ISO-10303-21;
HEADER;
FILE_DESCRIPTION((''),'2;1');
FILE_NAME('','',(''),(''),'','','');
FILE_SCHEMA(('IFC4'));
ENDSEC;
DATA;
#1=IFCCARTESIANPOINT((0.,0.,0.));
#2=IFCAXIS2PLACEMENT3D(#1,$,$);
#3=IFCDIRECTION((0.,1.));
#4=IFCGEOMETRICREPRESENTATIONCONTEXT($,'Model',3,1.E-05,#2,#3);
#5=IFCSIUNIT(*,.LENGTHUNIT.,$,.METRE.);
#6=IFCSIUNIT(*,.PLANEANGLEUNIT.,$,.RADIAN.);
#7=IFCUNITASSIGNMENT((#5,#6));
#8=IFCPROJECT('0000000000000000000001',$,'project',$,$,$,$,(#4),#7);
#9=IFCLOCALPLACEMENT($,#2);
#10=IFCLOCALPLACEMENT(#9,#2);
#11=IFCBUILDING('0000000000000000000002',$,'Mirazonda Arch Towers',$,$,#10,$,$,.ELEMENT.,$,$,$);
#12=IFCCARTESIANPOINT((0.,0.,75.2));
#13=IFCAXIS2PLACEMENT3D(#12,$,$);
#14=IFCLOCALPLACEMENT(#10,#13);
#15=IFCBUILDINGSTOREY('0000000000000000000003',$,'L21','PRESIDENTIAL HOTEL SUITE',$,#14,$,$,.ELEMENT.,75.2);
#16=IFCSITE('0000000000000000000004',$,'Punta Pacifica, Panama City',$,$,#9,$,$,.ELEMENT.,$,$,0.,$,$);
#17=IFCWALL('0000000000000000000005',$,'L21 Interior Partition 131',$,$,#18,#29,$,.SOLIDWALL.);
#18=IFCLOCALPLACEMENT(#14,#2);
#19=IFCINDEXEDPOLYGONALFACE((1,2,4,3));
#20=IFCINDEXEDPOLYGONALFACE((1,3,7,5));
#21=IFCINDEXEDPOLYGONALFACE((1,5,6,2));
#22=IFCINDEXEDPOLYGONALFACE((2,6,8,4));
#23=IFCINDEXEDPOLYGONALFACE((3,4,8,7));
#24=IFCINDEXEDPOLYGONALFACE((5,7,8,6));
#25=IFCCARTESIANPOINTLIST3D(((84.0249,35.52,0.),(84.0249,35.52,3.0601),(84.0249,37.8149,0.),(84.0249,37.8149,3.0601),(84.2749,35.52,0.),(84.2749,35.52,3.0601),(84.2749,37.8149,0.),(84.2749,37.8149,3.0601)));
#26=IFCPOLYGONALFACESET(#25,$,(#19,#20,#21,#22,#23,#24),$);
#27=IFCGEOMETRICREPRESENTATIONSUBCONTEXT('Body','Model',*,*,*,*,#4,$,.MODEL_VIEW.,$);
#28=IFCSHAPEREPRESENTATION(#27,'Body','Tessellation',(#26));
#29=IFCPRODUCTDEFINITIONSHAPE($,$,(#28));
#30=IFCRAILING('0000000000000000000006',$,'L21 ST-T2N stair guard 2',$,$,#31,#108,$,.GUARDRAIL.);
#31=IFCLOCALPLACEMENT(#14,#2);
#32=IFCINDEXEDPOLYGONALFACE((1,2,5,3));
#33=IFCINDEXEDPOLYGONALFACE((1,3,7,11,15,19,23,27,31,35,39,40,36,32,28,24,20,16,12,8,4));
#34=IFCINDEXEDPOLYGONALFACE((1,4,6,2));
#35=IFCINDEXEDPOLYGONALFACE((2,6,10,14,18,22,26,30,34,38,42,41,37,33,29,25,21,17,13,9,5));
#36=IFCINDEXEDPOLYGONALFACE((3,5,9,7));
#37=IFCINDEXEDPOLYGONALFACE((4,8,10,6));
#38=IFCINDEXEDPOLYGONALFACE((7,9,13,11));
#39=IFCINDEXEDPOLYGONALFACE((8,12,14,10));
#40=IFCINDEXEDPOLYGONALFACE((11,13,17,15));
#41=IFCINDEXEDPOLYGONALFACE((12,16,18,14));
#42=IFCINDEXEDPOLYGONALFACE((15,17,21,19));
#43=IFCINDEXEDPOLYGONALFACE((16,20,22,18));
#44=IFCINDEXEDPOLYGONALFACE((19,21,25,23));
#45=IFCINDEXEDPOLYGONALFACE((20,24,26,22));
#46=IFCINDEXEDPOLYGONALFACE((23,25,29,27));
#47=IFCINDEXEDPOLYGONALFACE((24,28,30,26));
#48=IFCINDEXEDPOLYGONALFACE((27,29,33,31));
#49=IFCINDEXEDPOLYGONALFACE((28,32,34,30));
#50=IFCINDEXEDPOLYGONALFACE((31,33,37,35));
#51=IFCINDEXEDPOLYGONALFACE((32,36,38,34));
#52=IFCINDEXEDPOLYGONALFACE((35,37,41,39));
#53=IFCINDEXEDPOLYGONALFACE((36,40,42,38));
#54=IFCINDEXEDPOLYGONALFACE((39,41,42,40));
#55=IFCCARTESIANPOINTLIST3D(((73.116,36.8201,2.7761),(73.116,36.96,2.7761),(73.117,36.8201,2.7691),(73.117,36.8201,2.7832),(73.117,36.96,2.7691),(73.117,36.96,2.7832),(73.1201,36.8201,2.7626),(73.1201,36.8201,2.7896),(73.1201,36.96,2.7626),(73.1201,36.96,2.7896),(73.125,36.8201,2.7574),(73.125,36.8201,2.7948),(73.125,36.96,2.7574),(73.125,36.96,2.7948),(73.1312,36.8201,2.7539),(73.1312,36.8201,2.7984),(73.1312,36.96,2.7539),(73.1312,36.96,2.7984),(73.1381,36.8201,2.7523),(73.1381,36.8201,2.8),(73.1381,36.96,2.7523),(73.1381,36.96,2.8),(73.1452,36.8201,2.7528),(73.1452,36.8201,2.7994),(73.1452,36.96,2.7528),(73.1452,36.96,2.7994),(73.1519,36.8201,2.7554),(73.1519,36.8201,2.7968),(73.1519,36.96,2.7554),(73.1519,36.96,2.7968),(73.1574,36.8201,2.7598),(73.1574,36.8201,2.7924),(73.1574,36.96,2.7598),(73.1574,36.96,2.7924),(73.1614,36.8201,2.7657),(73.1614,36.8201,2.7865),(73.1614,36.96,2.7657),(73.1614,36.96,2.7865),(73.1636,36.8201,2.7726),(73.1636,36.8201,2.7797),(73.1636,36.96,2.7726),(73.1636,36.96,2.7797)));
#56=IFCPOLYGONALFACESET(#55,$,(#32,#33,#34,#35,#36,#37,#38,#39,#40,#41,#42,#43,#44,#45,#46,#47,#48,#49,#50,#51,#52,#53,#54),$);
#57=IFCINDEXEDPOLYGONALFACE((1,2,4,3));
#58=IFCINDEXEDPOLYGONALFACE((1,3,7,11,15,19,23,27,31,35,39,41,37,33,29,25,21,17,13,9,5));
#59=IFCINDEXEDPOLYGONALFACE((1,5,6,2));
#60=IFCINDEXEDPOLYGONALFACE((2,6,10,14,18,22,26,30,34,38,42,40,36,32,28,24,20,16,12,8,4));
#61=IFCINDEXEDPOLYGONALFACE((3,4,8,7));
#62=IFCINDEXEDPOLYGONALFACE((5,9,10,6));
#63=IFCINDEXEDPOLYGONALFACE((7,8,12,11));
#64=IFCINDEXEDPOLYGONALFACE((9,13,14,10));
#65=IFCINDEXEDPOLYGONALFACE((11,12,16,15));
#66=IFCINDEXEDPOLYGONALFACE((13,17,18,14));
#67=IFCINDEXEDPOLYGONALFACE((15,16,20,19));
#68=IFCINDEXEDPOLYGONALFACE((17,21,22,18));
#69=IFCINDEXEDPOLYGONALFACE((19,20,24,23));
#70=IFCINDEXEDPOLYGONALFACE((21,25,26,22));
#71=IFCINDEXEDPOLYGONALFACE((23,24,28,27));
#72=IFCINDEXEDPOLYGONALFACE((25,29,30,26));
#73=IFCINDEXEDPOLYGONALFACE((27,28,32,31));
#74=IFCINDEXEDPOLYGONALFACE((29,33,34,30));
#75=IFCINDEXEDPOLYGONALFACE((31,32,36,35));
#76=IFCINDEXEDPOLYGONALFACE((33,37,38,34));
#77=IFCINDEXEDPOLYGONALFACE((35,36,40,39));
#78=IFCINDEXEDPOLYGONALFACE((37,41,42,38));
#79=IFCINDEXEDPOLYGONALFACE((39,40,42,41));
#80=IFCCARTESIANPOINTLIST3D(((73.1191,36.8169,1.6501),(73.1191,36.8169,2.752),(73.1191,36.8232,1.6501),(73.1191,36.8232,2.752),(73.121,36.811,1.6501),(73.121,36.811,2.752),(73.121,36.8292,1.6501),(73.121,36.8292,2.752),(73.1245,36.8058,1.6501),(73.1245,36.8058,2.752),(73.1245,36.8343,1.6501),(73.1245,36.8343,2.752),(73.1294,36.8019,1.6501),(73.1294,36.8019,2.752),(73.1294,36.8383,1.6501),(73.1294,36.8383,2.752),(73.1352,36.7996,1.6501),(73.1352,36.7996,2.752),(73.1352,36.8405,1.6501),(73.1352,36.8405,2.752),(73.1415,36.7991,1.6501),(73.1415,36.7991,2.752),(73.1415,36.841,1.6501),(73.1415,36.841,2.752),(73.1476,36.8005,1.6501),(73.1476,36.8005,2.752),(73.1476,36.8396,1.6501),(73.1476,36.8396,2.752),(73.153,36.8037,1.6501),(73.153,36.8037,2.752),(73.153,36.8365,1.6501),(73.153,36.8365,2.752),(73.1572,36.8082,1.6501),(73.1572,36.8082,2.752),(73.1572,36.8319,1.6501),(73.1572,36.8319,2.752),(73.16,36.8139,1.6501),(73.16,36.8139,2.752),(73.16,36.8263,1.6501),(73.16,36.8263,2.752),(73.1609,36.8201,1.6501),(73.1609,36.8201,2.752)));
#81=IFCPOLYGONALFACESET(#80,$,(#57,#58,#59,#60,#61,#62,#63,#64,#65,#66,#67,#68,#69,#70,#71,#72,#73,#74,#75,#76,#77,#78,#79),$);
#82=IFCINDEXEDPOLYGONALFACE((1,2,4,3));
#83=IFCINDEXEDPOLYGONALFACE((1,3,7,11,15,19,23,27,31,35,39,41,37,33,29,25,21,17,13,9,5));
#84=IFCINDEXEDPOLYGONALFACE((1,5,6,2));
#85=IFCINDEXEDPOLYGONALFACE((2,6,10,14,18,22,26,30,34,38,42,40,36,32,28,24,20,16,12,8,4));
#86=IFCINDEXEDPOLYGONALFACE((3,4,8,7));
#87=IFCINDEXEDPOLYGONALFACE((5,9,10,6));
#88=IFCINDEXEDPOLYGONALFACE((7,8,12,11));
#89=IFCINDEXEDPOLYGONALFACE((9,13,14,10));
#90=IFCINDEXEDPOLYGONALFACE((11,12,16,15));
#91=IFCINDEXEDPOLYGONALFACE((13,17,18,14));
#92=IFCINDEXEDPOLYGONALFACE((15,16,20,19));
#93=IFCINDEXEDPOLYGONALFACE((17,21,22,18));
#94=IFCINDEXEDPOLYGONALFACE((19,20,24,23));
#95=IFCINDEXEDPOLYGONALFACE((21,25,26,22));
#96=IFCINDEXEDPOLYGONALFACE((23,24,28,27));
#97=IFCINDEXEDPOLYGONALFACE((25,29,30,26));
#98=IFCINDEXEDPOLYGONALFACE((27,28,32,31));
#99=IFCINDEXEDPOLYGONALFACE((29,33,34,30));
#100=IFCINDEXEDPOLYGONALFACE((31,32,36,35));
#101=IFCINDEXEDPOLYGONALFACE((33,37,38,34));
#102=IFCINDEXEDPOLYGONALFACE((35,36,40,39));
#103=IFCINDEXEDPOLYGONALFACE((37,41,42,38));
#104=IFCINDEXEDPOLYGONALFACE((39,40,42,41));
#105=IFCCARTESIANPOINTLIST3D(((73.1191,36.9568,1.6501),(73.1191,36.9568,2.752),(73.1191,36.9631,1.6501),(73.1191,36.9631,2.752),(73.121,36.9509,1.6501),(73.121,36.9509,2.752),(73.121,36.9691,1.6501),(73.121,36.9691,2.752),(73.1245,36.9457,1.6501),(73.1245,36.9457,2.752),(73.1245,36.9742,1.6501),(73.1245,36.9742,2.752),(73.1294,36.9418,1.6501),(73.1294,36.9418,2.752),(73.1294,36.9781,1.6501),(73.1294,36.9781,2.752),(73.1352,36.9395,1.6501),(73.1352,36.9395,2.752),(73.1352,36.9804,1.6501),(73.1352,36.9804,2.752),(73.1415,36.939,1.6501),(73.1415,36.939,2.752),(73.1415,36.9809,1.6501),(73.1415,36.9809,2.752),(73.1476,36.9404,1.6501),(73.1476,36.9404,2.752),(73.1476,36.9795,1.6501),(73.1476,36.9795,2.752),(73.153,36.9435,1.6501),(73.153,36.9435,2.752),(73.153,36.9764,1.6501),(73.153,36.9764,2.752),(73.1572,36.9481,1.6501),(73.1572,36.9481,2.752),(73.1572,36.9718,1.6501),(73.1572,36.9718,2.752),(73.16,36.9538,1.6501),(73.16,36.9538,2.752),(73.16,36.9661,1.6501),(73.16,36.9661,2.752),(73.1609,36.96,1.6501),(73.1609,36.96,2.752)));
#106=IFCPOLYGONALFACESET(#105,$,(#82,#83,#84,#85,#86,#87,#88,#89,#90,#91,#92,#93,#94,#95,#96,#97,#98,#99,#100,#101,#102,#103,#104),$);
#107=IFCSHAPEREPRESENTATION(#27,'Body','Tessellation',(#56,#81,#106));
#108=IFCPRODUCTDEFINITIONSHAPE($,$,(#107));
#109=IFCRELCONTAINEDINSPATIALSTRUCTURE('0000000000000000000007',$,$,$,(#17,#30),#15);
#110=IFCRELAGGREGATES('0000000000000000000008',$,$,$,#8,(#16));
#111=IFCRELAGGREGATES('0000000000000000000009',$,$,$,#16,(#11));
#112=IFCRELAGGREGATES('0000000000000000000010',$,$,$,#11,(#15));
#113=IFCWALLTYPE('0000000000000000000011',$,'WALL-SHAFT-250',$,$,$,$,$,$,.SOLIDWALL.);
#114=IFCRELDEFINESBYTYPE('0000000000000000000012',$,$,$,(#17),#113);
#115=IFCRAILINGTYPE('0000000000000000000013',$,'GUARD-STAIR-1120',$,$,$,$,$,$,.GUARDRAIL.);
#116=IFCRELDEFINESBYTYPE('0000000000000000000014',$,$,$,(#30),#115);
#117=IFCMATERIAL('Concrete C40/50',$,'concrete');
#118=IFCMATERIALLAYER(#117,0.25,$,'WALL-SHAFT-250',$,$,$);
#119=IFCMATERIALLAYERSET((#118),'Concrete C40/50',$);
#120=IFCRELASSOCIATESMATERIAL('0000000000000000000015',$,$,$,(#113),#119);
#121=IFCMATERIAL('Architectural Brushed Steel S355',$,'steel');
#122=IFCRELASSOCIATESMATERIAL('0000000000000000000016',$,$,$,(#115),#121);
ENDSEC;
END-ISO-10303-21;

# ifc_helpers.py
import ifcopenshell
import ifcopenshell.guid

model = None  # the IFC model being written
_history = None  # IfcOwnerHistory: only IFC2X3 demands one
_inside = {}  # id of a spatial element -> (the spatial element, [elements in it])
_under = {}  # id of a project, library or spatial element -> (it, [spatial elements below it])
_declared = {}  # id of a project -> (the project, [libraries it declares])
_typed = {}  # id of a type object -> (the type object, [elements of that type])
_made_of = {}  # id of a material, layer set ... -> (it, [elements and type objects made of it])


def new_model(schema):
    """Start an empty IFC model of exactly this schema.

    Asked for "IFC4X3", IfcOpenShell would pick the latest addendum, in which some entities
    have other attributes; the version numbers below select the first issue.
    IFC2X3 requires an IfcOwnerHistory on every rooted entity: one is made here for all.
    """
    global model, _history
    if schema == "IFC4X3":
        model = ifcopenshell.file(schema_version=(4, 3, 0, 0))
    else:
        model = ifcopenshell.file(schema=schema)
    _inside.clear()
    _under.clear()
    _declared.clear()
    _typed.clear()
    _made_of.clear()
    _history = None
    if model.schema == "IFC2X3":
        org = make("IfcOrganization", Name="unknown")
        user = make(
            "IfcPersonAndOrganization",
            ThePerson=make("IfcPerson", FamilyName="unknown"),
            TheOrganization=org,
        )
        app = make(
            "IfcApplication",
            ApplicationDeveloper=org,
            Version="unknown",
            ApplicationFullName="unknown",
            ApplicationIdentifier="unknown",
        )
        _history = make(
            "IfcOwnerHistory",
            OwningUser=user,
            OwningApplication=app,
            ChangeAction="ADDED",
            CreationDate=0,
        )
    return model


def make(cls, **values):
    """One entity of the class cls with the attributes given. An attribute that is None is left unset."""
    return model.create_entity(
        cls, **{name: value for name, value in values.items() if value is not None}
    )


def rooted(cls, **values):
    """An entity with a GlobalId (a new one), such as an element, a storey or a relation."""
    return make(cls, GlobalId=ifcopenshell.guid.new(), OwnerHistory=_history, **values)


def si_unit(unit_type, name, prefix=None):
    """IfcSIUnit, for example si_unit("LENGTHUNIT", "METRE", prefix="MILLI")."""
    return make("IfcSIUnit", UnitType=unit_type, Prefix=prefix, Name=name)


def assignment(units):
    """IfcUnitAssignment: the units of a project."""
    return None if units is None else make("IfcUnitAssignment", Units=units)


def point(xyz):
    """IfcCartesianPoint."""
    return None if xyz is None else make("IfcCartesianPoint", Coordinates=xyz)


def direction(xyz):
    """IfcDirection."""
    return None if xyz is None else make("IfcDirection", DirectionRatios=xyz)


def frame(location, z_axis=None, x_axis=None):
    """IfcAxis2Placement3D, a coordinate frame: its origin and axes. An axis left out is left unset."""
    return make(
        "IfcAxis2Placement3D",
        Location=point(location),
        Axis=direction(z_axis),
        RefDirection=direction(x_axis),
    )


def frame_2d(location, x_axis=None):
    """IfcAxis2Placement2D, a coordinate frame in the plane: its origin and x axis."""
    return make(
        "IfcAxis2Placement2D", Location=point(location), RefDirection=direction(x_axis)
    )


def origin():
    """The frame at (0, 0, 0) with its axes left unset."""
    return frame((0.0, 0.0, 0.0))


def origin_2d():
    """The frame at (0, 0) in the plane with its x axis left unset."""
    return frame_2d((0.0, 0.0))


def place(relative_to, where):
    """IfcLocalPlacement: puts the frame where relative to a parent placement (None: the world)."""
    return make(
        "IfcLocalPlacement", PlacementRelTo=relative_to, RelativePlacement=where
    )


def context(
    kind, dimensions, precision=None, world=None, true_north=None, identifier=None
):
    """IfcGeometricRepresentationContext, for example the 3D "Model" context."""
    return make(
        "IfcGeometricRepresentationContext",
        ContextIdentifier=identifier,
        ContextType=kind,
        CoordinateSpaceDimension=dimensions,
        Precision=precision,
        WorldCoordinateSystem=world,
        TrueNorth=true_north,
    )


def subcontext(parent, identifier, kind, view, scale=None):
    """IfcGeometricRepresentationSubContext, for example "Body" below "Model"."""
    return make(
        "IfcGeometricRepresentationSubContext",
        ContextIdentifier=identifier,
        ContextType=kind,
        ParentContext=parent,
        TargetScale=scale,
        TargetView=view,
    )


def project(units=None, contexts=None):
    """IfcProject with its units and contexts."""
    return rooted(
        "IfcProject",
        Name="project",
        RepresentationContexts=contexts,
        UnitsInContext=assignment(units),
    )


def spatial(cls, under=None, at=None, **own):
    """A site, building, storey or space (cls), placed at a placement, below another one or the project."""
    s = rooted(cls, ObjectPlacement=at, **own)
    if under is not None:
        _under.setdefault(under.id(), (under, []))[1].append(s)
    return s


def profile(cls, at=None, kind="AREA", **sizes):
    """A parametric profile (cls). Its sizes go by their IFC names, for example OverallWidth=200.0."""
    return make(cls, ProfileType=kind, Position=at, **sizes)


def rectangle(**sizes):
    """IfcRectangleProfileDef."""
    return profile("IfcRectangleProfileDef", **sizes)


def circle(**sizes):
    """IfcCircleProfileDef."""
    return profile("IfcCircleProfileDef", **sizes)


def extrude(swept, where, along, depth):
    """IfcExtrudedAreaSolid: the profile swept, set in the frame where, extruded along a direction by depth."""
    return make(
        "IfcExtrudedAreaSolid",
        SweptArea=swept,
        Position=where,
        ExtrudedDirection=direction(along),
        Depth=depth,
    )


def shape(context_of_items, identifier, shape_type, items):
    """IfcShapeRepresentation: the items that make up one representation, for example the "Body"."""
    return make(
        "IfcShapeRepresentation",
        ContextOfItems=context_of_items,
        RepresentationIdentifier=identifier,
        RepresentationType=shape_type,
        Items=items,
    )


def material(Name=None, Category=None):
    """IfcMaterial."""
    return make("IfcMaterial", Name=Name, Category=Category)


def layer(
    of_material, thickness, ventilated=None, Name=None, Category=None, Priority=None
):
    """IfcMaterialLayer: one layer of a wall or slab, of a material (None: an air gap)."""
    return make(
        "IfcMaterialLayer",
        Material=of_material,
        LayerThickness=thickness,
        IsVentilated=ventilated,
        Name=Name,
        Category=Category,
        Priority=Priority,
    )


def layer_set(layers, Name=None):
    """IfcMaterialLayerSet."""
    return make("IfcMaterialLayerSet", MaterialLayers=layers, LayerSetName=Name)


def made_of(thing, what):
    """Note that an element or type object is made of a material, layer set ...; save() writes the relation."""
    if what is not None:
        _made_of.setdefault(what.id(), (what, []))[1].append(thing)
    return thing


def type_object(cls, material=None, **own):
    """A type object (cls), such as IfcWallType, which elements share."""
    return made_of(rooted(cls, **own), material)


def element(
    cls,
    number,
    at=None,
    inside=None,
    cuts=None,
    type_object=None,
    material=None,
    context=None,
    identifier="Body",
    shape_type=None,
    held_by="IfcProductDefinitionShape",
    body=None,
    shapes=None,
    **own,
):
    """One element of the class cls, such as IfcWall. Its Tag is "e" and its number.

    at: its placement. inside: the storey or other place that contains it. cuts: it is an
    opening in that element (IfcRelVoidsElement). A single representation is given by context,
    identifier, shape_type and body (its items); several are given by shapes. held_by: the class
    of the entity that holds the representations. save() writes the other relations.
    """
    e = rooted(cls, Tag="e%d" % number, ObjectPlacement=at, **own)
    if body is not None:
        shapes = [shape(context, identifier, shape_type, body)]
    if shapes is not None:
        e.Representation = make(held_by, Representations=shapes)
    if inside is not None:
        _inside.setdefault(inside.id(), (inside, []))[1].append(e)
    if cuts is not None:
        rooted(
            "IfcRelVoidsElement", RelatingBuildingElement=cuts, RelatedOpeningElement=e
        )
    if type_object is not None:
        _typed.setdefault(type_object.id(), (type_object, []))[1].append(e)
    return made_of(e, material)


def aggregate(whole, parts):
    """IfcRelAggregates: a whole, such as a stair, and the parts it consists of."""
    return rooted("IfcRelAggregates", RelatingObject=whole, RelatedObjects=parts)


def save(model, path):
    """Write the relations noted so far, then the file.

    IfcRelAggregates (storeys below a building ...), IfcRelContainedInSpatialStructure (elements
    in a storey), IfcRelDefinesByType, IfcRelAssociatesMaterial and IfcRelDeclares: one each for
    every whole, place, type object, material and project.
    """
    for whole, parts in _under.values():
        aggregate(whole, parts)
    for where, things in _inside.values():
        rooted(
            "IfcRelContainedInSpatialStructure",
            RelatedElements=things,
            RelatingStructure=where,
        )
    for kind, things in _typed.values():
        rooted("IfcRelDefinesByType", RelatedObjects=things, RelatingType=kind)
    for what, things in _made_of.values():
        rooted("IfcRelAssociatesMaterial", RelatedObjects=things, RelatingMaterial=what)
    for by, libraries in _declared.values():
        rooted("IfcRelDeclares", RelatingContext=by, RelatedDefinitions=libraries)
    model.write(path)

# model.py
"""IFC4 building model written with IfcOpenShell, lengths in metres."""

from ifc_helpers import new_model, si_unit, direction, frame, frame_2d, origin, origin_2d, place, context, subcontext, project, spatial, rectangle, circle, extrude, material, layer, layer_set, type_object, element, save


model = new_model("IFC4")

# Units and contexts
model_context = context("Model", 3, precision=1e-05, world=origin(), true_north=direction((0.0, 1.0)))
body_context = subcontext(model_context, "Body", "Model", "MODEL_VIEW")
ifc_project = project(units=[si_unit("LENGTHUNIT", "METRE"), si_unit("PLANEANGLEUNIT", "RADIAN")], contexts=[model_context])

# Site, building, storey
site_placement = place(None, origin())
site = spatial("IfcSite", under=ifc_project, at=site_placement, Name="Punta Pacifica, Panama City", CompositionType="ELEMENT", RefElevation=0.0)
building_placement = place(site_placement, origin())
building = spatial("IfcBuilding", under=site, at=building_placement, Name="Mirazonda Arch Towers", CompositionType="ELEMENT")
storey_placement = place(building_placement, frame((0.0, 0.0, 75.2)))
storey = spatial("IfcBuildingStorey", under=building, at=storey_placement, Name="L21", Description="PRESIDENTIAL HOTEL SUITE", CompositionType="ELEMENT", Elevation=75.2)

# Wall
ifc_material_1 = material(Name="Concrete C40/50", Category="concrete")
ifc_layer_1 = layer(ifc_material_1, 0.25, Name="WALL-SHAFT-250")
ifc_layer_set_1 = layer_set([ifc_layer_1], Name="Concrete C40/50")
wall_type_1 = type_object("IfcWallType", Name="WALL-SHAFT-250", PredefinedType="SOLIDWALL", material=ifc_layer_set_1)
for number, where, z_axis, x_axis, name in (
    (1, (84.1499, 35.52, 0.0), (0.0, 0.0, 1.0), (0.0, 1.0, 0.0), "L21 Interior Partition 131"),
):
    element("IfcWall", number, at=place(storey_placement, frame(where, z_axis=z_axis, x_axis=x_axis)), inside=storey, type_object=wall_type_1, Name=name, PredefinedType="SOLIDWALL", context=body_context, shape_type="SweptSolid", body=[
        extrude(rectangle(XDim=2.2949, YDim=0.25, at=frame_2d((1.1475, 0.0))), origin(), (0.0, 0.0, 1.0), 3.0601),
    ])

# Railing
ifc_material_2 = material(Name="Architectural Brushed Steel S355", Category="steel")
railing_type_1 = type_object("IfcRailingType", Name="GUARD-STAIR-1120", PredefinedType="GUARDRAIL", material=ifc_material_2)
railing_1_placement = place(storey_placement, frame((73.1399, 36.8201, 1.6501)))
element("IfcRailing", 2, at=railing_1_placement, inside=storey, type_object=railing_type_1, Name="L21 ST-T2N stair guard 2", PredefinedType="GUARDRAIL", context=body_context, shape_type="SweptSolid", body=[
    extrude(circle(Radius=0.0239, at=origin_2d()), frame((0.0, 0.0, 1.126), z_axis=(0.0, 1.0, 0.0), x_axis=(-1.0, 0.0, 0.0)), (0.0, 0.0, 1.0), 0.1399),
    extrude(circle(Radius=0.021, at=origin_2d()), origin(), (0.0, 0.0, 1.0), 1.1018),
    extrude(circle(Radius=0.021, at=origin_2d()), frame((0.0, 0.1399, 0.0)), (0.0, 0.0, 1.0), 1.1018),
])

save(model, "model.ifc")
